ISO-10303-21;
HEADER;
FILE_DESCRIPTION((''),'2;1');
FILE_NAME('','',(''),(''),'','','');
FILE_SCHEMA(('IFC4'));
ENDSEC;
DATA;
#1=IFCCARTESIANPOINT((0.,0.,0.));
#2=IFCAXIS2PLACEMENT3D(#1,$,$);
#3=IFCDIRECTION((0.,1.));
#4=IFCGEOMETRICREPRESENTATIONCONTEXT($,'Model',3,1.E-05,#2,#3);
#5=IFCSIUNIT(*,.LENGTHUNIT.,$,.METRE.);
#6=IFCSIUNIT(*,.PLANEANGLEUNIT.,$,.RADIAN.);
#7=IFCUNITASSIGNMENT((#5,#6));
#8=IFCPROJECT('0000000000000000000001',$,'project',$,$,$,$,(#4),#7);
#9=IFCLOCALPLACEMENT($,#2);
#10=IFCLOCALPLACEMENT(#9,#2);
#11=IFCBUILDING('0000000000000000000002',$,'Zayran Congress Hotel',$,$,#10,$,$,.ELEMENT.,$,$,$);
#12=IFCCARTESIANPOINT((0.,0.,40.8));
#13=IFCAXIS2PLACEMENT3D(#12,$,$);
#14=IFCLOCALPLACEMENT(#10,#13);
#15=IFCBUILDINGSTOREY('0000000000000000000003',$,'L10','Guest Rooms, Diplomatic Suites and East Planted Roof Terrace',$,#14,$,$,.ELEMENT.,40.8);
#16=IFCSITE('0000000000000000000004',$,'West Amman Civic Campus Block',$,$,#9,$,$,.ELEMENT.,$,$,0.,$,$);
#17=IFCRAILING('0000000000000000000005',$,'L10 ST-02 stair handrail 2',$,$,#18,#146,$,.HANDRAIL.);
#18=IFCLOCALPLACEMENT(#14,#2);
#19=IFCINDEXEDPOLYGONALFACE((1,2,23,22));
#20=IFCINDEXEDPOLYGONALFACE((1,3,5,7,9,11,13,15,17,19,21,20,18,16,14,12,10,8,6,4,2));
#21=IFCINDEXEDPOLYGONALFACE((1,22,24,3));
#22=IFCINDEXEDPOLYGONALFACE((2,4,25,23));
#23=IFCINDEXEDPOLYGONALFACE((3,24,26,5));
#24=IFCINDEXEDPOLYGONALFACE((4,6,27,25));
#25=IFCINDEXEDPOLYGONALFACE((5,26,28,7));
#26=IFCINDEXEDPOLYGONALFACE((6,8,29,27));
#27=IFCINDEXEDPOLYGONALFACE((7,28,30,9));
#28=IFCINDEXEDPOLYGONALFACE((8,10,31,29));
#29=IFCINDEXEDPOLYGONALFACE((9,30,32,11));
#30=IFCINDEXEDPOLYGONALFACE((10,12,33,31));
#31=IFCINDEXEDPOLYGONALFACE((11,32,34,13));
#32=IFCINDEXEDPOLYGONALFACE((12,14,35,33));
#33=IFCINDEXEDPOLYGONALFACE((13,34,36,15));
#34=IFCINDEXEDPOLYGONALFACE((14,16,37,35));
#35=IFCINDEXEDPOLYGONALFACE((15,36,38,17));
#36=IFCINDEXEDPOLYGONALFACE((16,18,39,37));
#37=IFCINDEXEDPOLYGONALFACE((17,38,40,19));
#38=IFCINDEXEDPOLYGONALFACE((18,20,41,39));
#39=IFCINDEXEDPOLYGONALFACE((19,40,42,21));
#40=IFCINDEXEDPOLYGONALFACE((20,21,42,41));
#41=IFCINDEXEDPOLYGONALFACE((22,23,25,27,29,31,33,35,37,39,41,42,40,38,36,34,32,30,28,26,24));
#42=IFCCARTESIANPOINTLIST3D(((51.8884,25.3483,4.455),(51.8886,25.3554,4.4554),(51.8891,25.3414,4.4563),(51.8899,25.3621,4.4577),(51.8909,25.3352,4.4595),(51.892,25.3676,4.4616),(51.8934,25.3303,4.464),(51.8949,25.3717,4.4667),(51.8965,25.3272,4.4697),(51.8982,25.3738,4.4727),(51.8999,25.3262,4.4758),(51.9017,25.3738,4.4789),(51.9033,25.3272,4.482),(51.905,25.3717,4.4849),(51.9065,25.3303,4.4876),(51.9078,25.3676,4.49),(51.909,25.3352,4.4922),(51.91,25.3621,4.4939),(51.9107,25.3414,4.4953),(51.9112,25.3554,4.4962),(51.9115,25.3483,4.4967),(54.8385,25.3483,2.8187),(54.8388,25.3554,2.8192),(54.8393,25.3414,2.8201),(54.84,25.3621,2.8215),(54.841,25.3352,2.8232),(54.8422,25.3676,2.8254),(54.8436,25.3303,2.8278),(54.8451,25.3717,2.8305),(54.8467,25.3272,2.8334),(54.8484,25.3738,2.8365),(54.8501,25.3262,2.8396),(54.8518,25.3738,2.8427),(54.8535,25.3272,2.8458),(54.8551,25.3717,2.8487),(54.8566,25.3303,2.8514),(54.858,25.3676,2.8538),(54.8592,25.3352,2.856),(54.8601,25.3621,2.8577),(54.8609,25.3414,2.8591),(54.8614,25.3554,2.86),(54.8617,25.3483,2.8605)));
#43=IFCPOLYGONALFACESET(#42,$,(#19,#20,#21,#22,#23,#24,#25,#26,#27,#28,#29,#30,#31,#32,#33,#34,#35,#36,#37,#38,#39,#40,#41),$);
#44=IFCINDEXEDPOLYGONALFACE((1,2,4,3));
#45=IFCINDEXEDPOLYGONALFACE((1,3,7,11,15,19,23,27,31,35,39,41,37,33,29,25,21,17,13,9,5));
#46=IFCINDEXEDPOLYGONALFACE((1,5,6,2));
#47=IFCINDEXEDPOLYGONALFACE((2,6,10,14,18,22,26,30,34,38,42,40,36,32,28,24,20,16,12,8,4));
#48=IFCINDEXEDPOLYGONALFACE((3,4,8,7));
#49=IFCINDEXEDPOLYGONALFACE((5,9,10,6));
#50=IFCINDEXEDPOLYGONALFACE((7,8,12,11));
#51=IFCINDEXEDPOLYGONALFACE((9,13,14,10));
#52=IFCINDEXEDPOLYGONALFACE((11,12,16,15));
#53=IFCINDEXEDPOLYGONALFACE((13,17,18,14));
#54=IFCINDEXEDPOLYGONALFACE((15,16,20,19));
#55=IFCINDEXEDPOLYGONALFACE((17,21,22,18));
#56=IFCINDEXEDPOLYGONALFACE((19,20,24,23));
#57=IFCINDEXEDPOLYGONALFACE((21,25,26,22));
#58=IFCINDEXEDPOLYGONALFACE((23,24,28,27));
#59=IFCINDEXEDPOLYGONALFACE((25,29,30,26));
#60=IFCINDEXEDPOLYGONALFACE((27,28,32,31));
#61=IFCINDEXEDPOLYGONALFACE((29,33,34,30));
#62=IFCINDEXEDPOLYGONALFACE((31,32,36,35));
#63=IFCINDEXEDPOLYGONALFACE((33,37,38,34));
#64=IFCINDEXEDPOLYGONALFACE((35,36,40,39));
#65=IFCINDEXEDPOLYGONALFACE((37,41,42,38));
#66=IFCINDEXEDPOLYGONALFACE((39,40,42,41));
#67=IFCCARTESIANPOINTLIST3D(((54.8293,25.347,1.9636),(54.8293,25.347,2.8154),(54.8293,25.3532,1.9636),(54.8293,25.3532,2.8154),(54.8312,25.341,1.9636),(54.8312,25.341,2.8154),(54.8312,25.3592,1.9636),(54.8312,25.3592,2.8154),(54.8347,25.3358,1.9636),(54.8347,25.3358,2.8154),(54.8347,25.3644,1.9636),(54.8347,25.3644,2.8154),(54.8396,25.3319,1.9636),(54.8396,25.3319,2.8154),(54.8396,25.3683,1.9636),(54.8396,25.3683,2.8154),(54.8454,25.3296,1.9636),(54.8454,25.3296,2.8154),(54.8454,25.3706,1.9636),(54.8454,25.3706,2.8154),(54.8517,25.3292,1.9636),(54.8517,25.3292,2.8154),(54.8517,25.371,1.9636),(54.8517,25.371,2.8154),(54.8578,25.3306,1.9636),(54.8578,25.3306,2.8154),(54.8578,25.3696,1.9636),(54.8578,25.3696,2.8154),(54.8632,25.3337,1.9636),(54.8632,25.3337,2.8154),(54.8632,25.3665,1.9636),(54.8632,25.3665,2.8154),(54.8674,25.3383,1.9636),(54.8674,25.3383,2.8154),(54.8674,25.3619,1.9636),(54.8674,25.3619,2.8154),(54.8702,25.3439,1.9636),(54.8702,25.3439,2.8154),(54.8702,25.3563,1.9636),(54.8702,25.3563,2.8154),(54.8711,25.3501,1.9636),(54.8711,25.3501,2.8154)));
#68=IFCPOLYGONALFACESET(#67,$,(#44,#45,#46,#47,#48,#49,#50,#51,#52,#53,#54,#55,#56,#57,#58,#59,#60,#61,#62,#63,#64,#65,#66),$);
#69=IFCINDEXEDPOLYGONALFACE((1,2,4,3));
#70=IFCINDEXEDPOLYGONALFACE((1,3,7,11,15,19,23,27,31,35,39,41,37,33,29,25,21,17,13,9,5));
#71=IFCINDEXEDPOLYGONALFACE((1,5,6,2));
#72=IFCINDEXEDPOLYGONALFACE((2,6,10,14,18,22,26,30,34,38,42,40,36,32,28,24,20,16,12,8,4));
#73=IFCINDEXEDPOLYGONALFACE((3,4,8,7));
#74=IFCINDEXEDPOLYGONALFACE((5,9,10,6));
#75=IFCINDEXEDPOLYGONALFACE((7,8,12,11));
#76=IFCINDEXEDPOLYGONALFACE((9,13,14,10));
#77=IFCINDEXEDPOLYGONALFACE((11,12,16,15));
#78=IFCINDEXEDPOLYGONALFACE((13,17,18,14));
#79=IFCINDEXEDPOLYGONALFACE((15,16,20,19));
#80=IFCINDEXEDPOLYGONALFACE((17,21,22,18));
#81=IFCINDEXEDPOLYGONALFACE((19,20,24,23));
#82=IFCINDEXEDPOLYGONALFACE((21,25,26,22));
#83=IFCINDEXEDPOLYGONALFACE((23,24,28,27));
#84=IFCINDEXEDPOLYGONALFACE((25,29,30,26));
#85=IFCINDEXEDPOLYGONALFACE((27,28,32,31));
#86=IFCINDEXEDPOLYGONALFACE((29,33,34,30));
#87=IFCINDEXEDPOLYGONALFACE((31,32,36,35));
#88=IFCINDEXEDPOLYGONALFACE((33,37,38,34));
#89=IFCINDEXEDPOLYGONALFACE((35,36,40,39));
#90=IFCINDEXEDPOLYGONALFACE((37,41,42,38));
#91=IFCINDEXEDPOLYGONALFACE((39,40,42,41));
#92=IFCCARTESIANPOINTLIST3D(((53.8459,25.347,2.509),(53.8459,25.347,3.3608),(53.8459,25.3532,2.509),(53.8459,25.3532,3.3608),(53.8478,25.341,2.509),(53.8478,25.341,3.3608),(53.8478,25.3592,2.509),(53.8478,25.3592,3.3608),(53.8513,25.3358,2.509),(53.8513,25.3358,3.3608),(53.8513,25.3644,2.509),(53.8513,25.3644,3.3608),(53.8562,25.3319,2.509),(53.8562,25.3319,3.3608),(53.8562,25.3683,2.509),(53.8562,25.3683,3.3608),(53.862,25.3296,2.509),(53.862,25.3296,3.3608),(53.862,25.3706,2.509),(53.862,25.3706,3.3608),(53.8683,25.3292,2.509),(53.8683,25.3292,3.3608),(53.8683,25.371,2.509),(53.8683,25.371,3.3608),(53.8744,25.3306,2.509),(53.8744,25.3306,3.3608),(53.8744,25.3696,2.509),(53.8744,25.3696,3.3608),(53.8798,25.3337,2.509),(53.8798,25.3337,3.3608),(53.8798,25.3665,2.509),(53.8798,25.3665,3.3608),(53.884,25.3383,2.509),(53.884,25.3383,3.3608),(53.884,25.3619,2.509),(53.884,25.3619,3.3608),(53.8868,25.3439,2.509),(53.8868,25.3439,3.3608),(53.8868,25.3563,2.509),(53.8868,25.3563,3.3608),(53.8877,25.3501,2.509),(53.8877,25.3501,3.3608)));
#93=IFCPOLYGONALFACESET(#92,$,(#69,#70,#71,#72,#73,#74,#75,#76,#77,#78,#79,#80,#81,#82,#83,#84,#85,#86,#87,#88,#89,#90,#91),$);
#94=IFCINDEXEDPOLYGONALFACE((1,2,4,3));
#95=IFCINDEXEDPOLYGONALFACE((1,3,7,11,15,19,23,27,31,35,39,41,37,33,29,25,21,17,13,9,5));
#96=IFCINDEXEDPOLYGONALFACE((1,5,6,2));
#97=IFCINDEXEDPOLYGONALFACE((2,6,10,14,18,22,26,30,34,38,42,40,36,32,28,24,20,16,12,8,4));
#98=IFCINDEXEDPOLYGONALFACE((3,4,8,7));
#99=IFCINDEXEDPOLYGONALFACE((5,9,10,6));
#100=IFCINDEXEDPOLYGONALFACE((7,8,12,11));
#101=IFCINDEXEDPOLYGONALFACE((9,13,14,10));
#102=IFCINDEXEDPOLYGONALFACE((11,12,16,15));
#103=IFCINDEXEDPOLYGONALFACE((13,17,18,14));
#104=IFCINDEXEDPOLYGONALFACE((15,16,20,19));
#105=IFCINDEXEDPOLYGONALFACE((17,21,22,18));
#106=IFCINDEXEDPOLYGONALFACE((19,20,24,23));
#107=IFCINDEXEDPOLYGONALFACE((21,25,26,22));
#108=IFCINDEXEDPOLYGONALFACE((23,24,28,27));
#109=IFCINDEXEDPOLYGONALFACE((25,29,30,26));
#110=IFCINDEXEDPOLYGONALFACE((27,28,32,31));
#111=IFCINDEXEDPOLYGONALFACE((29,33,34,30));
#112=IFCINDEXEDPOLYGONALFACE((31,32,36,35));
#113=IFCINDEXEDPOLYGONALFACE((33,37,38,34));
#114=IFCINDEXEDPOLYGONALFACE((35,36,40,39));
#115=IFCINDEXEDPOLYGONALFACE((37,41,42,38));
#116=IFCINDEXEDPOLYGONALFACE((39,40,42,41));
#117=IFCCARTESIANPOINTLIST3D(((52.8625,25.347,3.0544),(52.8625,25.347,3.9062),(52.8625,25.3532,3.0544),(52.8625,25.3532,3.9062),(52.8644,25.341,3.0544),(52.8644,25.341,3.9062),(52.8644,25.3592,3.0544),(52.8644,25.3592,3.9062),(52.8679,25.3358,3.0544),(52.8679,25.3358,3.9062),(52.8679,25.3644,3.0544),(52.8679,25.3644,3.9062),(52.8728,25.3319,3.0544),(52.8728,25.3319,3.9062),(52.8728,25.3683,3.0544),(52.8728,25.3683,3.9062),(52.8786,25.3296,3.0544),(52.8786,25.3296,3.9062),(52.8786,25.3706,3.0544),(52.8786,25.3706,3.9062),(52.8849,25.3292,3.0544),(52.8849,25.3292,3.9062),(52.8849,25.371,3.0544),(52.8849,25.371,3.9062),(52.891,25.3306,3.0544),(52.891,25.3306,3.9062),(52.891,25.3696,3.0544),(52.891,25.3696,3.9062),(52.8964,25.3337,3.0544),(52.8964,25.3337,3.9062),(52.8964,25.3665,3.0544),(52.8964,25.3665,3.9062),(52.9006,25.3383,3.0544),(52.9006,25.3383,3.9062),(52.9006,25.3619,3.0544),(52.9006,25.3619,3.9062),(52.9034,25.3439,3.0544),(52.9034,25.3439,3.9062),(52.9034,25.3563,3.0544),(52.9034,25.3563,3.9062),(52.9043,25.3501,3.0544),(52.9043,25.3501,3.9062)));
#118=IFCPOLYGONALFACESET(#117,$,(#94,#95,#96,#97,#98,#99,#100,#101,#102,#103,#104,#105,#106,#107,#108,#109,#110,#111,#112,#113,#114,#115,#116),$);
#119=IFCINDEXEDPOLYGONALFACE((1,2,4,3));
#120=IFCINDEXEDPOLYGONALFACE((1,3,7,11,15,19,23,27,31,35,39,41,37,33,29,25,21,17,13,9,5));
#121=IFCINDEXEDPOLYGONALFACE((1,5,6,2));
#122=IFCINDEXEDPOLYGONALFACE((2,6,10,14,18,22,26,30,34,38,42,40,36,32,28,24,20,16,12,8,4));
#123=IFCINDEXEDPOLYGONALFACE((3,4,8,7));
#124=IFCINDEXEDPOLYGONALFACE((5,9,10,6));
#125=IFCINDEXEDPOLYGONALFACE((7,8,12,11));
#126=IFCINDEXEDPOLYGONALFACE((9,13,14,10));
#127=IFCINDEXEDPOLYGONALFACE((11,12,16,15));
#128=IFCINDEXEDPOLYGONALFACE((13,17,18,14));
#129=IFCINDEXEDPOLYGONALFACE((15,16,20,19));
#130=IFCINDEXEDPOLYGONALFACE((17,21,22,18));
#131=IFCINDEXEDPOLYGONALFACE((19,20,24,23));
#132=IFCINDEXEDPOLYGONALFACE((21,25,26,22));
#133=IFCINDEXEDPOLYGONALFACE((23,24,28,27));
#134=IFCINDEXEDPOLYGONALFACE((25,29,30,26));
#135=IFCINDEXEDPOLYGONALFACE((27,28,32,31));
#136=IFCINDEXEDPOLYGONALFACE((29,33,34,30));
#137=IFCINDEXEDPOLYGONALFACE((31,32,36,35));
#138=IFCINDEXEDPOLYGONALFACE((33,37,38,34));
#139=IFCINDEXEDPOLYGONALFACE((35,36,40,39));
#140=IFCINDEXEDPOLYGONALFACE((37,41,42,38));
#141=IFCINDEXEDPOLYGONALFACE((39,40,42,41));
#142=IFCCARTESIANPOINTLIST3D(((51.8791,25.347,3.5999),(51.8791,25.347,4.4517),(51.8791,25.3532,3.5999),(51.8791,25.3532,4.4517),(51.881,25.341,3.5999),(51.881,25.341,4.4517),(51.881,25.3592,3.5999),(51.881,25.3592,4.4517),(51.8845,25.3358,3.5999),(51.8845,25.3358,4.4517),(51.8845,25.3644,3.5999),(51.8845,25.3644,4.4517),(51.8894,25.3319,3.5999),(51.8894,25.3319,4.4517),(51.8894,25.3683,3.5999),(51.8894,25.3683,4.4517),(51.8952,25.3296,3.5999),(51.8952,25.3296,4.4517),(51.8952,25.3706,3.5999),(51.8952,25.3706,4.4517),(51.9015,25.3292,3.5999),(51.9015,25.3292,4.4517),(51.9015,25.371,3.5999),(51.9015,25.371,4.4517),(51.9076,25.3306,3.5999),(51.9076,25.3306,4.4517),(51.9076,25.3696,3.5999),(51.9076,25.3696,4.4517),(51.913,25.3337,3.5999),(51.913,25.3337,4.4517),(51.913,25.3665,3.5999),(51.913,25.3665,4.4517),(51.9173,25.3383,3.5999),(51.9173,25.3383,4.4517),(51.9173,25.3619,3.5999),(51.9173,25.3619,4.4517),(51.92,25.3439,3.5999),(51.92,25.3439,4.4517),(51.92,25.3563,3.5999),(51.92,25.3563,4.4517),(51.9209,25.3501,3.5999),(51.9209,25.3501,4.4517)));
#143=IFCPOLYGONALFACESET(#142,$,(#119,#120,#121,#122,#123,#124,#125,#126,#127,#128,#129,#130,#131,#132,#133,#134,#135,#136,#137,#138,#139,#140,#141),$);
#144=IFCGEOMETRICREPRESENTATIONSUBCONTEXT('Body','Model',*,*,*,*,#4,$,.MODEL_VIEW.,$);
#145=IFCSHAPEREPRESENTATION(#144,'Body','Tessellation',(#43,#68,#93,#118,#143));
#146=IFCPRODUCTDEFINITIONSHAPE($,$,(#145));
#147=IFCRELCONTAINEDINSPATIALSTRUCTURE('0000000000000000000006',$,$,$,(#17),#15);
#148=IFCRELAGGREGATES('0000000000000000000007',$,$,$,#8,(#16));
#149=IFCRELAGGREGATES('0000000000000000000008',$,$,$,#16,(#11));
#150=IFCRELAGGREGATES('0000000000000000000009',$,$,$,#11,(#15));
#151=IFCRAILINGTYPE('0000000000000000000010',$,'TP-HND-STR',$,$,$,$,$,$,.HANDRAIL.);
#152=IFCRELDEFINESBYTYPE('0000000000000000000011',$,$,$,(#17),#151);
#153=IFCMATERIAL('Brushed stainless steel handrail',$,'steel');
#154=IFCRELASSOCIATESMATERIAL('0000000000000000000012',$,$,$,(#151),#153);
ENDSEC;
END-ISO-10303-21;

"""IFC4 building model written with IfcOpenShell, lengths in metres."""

from ifc_helpers import new_model, si_unit, direction, frame, origin, origin_2d, place, context, subcontext, project, spatial, circle, extrude, material, type_object, element, save


model = new_model("IFC4")

# Units and contexts
model_context = context("Model", 3, precision=1e-05, world=origin(), true_north=direction((0.0, 1.0)))
body_context = subcontext(model_context, "Body", "Model", "MODEL_VIEW")
ifc_project = project(units=[si_unit("LENGTHUNIT", "METRE"), si_unit("PLANEANGLEUNIT", "RADIAN")], contexts=[model_context])

# Site, building, storey
site_placement = place(None, origin())
site = spatial("IfcSite", under=ifc_project, at=site_placement, Name="West Amman Civic Campus Block", CompositionType="ELEMENT", RefElevation=0.0)
building_placement = place(site_placement, origin())
building = spatial("IfcBuilding", under=site, at=building_placement, Name="Zayran Congress Hotel", CompositionType="ELEMENT")
storey_placement = place(building_placement, frame((0.0, 0.0, 40.8)))
storey = spatial("IfcBuildingStorey", under=building, at=storey_placement, Name="L10", Description="Guest Rooms, Diplomatic Suites and East Planted Roof Terrace", CompositionType="ELEMENT", Elevation=40.8)

# Railing
ifc_material_1 = material(Name="Brushed stainless steel handrail", Category="steel")
railing_type_1 = type_object("IfcRailingType", Name="TP-HND-STR", PredefinedType="HANDRAIL", material=ifc_material_1)
railing_1_placement = place(storey_placement, frame((54.8501, 25.3501, 1.9636)))
element("IfcRailing", 1, at=railing_1_placement, inside=storey, type_object=railing_type_1, Name="L10 ST-02 stair handrail 2", PredefinedType="HANDRAIL", context=body_context, shape_type="SweptSolid", body=[
    extrude(circle(Radius=0.0239, at=origin_2d()), frame((0.0, 0.0, 0.876), z_axis=(-0.874505, 0.0, 0.485016), x_axis=(0.0, -1.0, 0.0)), (0.0, 0.0, 1.0), 3.3735),
    extrude(circle(Radius=0.021, at=origin_2d()), origin(), (0.0, 0.0, 1.0), 0.8518),
    extrude(circle(Radius=0.021, at=origin_2d()), frame((-0.9834, 0.0, 0.5454)), (0.0, 0.0, 1.0), 0.8518),
    extrude(circle(Radius=0.021, at=origin_2d()), frame((-1.9668, 0.0, 1.0908)), (0.0, 0.0, 1.0), 0.8518),
    extrude(circle(Radius=0.021, at=origin_2d()), frame((-2.9502, 0.0, 1.6362)), (0.0, 0.0, 1.0), 0.8518),
])

save(model, "model.ifc")
